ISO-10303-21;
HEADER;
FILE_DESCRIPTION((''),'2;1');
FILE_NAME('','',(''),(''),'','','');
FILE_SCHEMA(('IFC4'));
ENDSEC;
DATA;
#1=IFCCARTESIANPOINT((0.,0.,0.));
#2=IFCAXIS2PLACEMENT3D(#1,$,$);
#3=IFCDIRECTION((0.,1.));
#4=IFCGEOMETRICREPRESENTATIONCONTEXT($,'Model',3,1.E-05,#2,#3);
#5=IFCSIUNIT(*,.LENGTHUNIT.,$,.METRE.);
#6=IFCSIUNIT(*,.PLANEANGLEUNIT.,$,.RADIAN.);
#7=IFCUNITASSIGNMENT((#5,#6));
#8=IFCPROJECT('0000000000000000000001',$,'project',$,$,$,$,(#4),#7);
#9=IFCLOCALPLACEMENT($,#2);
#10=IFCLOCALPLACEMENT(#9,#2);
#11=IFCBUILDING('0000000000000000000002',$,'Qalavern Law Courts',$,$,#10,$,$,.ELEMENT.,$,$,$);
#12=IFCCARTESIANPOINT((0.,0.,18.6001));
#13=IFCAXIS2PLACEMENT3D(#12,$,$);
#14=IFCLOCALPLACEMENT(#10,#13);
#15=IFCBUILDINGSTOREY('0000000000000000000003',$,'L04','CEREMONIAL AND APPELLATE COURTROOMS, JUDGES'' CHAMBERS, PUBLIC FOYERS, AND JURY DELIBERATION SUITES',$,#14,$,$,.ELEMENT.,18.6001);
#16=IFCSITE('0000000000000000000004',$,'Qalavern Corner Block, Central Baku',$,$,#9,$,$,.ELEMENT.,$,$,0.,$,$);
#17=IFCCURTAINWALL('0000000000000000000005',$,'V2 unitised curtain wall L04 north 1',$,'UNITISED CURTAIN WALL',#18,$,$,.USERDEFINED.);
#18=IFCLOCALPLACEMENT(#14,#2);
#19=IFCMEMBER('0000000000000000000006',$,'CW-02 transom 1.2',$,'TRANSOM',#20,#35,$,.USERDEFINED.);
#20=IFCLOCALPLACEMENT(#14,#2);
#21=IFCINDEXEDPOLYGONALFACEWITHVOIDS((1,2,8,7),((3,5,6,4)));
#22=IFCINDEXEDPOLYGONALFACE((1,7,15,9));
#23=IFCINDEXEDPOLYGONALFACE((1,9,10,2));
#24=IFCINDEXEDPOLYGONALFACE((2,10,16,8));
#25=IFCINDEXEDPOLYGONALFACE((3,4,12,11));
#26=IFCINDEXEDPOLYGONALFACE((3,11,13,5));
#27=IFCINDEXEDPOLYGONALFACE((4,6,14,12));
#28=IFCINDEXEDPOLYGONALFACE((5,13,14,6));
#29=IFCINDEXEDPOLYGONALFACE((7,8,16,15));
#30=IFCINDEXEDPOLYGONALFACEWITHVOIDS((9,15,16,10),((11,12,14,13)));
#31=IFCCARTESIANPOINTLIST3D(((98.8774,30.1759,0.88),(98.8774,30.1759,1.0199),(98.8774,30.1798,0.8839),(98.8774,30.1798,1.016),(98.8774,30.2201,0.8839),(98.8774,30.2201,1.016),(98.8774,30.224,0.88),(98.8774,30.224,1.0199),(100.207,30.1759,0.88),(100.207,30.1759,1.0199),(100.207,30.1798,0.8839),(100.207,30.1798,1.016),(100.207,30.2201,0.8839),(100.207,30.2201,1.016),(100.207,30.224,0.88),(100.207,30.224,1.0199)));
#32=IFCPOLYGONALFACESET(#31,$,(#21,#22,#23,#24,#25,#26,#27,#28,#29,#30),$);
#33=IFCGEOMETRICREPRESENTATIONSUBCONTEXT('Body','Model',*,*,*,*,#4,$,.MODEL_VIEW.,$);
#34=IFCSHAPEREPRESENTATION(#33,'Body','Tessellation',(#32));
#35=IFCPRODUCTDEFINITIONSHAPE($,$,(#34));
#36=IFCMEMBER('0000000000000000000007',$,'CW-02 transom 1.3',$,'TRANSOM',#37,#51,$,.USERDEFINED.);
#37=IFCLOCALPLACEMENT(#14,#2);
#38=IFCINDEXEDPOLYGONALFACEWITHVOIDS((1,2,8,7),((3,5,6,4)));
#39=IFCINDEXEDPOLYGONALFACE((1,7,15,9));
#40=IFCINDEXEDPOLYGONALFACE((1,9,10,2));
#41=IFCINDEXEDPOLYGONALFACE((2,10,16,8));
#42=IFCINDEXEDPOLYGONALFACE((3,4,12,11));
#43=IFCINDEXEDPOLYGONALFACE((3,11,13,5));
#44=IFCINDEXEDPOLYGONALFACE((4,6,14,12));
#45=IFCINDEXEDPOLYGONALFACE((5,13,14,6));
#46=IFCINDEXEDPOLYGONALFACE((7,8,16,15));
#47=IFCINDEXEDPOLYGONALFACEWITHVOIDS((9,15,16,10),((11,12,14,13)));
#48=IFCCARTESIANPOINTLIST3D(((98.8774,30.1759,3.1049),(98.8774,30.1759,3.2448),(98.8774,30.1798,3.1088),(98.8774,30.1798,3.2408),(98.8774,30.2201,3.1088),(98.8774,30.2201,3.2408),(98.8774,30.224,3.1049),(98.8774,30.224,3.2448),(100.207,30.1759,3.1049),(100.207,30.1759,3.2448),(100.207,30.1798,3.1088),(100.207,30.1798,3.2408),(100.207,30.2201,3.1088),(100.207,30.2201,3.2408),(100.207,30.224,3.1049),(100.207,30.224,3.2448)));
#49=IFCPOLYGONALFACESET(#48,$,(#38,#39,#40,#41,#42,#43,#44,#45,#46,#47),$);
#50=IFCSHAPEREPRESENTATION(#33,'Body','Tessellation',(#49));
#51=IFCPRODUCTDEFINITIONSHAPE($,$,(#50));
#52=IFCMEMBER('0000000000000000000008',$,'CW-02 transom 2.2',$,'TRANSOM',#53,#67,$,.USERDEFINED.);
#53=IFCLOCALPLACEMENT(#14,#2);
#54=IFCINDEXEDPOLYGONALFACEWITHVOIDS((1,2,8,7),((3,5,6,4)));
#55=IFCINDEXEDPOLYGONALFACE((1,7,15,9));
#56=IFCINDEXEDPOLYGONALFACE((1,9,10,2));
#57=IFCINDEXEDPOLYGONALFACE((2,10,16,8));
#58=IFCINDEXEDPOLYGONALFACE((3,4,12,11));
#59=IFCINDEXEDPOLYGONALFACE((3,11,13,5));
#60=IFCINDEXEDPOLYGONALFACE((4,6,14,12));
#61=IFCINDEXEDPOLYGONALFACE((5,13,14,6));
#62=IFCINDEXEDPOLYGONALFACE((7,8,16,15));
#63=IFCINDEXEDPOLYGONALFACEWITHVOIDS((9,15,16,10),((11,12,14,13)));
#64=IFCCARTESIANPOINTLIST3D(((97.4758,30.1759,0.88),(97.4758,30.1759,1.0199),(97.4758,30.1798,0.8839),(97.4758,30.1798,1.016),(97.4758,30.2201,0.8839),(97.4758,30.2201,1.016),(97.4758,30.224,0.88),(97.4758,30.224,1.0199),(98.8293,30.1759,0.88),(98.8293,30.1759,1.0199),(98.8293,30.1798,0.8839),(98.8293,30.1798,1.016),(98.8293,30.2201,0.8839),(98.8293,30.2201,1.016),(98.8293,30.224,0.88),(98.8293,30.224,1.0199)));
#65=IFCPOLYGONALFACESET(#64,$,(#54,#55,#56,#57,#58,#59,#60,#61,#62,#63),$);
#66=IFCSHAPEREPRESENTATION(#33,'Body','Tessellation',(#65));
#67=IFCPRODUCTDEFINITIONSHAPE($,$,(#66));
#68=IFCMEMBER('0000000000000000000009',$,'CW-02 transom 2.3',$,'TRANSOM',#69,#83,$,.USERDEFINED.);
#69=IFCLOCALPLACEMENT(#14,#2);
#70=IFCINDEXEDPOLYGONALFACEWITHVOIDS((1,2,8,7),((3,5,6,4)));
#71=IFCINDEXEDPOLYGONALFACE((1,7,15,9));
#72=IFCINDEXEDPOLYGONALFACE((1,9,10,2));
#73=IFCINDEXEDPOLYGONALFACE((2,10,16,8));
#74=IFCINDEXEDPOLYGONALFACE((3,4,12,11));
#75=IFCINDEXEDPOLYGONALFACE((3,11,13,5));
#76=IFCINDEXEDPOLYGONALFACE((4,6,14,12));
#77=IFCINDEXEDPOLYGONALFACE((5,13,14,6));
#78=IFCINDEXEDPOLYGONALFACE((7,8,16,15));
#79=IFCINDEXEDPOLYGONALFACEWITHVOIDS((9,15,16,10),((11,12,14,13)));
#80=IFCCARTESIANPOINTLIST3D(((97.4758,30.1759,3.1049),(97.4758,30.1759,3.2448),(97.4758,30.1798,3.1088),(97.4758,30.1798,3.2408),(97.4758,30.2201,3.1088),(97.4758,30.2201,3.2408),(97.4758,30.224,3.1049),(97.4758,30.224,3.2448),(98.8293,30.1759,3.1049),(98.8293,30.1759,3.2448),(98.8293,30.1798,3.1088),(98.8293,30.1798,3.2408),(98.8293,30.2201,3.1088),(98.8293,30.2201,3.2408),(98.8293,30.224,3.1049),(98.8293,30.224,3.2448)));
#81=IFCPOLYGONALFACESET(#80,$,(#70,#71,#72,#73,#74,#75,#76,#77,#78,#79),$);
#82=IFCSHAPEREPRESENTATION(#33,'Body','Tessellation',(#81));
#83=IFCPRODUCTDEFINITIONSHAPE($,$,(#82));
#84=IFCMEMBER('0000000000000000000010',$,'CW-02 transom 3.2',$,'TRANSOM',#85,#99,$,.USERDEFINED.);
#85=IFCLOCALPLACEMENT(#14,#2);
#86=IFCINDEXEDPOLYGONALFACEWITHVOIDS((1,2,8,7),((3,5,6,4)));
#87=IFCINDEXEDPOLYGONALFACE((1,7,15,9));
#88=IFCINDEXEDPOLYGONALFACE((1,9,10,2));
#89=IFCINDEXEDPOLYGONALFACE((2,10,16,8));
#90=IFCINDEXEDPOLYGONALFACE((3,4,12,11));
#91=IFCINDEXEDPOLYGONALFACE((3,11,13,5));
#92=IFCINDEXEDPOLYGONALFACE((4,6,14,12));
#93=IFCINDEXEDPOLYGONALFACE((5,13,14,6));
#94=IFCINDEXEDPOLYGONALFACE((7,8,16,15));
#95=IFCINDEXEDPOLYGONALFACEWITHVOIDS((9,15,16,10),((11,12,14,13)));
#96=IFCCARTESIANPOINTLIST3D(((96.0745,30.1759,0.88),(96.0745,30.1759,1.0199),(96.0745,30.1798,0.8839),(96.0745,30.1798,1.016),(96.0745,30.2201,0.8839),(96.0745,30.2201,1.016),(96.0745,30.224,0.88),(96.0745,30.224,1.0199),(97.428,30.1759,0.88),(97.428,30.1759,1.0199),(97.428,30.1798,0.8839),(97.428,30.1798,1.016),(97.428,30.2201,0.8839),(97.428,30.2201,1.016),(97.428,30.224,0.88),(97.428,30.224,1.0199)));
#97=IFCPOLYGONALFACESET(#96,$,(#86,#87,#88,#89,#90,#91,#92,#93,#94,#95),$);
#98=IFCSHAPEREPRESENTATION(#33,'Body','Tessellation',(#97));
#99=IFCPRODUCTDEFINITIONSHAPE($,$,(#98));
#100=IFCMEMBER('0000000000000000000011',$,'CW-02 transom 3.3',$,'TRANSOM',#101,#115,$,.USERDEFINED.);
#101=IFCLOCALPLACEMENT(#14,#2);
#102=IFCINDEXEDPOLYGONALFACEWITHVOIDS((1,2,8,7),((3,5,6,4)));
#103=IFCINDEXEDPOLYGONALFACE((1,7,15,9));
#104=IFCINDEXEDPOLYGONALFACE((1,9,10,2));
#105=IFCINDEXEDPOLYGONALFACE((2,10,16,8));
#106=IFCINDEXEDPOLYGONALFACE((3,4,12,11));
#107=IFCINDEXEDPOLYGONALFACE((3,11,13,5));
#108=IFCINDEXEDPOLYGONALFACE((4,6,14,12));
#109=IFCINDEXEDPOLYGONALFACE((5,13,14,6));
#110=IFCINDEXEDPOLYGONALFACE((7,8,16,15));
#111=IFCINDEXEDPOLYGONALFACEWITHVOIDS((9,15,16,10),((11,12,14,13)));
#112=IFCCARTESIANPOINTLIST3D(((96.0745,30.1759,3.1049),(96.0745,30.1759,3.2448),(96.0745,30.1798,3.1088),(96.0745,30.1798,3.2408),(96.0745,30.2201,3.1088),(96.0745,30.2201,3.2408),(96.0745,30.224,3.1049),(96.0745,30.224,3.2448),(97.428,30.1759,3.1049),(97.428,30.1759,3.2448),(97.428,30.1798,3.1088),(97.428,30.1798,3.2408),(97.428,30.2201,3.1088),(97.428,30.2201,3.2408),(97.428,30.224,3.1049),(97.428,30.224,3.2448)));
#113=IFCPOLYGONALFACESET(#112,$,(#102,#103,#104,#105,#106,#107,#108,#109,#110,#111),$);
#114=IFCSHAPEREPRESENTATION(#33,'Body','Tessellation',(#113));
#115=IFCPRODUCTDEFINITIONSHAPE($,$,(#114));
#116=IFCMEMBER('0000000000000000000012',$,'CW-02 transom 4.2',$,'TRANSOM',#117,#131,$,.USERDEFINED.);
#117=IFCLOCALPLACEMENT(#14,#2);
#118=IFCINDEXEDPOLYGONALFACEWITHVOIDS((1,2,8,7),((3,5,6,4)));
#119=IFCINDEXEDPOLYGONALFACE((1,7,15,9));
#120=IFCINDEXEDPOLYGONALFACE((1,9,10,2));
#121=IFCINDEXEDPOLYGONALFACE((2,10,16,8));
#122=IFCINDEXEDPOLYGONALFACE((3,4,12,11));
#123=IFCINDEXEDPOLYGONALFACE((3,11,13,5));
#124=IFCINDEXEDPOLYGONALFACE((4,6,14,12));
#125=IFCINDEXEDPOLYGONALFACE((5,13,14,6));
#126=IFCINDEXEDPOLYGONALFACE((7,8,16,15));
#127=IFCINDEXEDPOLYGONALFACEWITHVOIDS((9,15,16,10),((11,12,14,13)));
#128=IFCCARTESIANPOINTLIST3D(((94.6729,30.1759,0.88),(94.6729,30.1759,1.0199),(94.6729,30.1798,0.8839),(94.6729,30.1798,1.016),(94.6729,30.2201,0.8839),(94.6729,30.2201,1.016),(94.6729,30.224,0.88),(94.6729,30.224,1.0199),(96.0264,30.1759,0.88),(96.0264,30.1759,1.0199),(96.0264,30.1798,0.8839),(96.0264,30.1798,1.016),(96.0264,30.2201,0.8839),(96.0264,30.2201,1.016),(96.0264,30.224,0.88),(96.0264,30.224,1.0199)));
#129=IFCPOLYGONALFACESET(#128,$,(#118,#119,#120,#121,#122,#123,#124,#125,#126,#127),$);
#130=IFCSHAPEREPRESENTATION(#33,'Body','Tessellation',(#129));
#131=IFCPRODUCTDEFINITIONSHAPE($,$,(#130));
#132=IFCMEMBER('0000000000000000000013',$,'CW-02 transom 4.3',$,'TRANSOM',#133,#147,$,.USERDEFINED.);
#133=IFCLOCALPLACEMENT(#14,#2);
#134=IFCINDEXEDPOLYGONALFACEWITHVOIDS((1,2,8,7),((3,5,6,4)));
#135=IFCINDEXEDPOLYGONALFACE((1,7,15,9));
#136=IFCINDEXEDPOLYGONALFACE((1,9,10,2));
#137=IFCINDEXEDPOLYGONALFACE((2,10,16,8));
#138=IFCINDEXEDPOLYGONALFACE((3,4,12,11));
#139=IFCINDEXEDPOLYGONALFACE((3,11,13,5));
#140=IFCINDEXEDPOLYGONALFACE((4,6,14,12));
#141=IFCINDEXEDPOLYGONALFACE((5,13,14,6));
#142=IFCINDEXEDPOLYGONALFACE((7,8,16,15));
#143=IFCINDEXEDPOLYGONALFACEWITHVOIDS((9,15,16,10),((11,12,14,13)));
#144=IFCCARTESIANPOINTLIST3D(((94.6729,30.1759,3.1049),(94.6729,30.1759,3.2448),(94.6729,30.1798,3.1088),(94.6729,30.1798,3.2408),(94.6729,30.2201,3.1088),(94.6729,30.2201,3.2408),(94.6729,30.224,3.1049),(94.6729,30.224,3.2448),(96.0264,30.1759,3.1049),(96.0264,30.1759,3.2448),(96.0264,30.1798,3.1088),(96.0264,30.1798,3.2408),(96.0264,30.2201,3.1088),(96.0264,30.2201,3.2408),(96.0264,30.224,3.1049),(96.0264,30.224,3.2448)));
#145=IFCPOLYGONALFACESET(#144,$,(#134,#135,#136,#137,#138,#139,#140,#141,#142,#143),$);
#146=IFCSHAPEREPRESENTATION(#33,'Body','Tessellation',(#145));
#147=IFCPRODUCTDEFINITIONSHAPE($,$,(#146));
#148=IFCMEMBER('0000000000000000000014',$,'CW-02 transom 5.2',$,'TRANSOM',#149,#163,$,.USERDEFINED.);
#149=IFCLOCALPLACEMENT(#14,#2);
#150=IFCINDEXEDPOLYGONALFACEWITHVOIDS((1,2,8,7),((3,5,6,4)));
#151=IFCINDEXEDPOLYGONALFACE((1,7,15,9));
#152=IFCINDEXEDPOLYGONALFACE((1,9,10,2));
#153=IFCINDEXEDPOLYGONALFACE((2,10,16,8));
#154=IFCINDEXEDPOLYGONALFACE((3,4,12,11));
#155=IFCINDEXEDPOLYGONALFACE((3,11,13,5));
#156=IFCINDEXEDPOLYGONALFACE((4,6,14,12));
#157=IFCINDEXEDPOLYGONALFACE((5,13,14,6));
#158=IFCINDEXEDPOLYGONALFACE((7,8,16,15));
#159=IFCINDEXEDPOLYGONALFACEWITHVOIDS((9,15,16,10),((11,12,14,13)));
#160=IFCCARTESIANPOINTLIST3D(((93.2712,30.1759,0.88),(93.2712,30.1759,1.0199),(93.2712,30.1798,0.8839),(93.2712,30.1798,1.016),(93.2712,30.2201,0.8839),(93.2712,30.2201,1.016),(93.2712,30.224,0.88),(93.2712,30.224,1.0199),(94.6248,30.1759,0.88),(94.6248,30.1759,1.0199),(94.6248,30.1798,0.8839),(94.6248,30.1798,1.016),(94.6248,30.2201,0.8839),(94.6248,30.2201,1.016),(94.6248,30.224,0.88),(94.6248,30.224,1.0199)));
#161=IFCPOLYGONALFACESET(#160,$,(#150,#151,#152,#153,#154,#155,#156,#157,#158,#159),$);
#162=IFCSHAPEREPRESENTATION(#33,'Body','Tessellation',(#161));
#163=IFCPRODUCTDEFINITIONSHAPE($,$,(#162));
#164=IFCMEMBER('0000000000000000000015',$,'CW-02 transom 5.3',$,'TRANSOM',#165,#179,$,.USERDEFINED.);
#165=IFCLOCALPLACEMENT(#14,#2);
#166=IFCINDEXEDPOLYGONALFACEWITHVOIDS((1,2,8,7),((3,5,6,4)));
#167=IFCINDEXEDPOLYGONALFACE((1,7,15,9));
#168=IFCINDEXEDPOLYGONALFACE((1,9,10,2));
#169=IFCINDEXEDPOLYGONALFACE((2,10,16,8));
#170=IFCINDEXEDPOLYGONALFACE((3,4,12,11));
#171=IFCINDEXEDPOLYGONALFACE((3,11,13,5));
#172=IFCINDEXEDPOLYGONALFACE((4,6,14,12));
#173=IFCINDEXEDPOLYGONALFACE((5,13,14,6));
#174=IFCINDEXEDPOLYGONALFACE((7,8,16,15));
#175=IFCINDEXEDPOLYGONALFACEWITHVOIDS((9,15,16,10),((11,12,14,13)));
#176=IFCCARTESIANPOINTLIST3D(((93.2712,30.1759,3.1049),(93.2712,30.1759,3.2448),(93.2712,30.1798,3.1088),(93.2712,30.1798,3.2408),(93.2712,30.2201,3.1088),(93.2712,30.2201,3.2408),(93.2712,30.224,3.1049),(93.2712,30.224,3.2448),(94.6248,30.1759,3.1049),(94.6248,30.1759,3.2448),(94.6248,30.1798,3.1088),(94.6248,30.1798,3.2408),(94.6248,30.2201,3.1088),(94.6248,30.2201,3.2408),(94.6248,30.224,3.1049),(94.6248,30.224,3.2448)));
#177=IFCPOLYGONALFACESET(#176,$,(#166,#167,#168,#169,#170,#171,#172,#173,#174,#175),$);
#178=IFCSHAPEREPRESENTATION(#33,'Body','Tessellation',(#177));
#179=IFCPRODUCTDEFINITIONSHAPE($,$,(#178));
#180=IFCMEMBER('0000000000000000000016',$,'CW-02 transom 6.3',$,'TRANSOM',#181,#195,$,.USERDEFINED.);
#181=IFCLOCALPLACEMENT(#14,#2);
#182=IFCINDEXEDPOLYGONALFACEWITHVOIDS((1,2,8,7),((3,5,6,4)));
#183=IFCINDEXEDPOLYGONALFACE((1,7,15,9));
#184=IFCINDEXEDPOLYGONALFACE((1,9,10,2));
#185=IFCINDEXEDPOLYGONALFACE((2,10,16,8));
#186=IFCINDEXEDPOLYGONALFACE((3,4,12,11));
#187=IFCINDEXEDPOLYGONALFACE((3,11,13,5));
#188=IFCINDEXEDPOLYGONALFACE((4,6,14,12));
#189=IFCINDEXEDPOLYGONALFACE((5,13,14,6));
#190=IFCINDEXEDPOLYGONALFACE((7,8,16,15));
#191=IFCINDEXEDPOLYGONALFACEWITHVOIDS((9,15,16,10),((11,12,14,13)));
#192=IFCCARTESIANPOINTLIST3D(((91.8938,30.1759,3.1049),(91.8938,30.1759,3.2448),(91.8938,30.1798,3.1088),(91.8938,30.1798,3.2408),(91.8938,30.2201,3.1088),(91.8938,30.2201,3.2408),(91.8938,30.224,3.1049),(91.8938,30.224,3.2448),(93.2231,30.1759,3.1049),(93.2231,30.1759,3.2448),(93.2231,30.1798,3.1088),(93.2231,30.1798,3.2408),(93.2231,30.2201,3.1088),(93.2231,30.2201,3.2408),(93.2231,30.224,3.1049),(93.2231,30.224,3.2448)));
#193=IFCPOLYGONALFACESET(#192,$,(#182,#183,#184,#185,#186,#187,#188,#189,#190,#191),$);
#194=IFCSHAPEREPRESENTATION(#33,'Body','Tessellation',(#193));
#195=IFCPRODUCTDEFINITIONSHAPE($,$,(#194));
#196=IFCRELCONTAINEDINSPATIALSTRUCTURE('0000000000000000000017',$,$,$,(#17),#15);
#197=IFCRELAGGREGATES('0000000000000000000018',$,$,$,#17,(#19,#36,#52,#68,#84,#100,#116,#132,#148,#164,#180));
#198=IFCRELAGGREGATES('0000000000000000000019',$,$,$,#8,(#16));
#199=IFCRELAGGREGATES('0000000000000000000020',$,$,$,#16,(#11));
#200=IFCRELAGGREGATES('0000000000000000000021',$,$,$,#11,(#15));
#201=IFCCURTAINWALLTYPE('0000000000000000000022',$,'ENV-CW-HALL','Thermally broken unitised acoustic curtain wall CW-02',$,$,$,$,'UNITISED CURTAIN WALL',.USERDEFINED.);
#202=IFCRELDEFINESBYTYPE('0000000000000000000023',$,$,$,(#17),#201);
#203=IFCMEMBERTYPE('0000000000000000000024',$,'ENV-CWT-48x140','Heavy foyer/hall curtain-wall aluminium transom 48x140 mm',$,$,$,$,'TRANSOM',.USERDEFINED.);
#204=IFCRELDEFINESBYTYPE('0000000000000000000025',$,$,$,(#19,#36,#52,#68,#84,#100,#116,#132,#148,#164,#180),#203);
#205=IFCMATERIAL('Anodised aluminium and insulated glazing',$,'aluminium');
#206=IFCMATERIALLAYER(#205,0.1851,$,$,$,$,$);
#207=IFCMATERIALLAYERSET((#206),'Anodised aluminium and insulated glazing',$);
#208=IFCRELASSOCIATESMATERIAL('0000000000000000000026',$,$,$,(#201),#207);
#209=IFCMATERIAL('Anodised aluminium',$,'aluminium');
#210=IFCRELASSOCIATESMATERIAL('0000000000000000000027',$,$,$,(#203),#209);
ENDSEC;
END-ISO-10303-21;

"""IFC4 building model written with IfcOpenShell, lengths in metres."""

from ifc_helpers import new_model, si_unit, direction, frame, origin, origin_2d, place, context, subcontext, project, spatial, hollow_rectangle, extrude, material, layer, layer_set, material_profile, profile_set, type_object, element, aggregate, save


model = new_model("IFC4")

# Units and contexts
model_context = context("Model", 3, precision=1e-05, world=origin(), true_north=direction((0.0, 1.0)))
body_context = subcontext(model_context, "Body", "Model", "MODEL_VIEW")
ifc_project = project(units=[si_unit("LENGTHUNIT", "METRE"), si_unit("PLANEANGLEUNIT", "RADIAN")], contexts=[model_context])

# Site, building, storey
site_placement = place(None, origin())
site = spatial("IfcSite", under=ifc_project, at=site_placement, Name="Qalavern Corner Block, Central Baku", CompositionType="ELEMENT", RefElevation=0.0)
building_placement = place(site_placement, origin())
building = spatial("IfcBuilding", under=site, at=building_placement, Name="Qalavern Law Courts", CompositionType="ELEMENT")
storey_placement = place(building_placement, frame((0.0, 0.0, 18.6001)))
storey = spatial("IfcBuildingStorey", under=building, at=storey_placement, Name="L04", Description="CEREMONIAL AND APPELLATE COURTROOMS, JUDGES' CHAMBERS, PUBLIC FOYERS, AND JURY DELIBERATION SUITES", CompositionType="ELEMENT", Elevation=18.6001)

# Curtain wall, members
ifc_material_1 = material(Name="Anodised aluminium and insulated glazing", Category="aluminium")
ifc_layer_1 = layer(ifc_material_1, 0.1851)
ifc_layer_set_1 = layer_set([ifc_layer_1], Name="Anodised aluminium and insulated glazing")
curtain_wall_type = type_object("IfcCurtainWallType", Name="ENV-CW-HALL", Description="Thermally broken unitised acoustic curtain wall CW-02", ElementType="UNITISED CURTAIN WALL", PredefinedType="USERDEFINED", material=ifc_layer_set_1)
curtain_wall_placement = place(storey_placement, origin())
curtain_wall = element("IfcCurtainWall", 1, at=curtain_wall_placement, inside=storey, type_object=curtain_wall_type, Name="V2 unitised curtain wall L04 north 1", ObjectType="UNITISED CURTAIN WALL", PredefinedType="USERDEFINED")
ifc_material_2 = material(Name="Anodised aluminium", Category="aluminium")
ifc_material_profile = material_profile(ifc_material_2, hollow_rectangle(XDim=0.0481, YDim=0.1399, WallThickness=0.0039, at=origin_2d()), Name="ALU TRANSOM 48x140")
ifc_profile_set = profile_set([ifc_material_profile], Name="Anodised aluminium")
member_type = type_object("IfcMemberType", Name="ENV-CWT-48x140", Description="Heavy foyer/hall curtain-wall aluminium transom 48x140 mm", ElementType="TRANSOM", PredefinedType="USERDEFINED", material=ifc_profile_set)
member_1_placement = place(storey_placement, frame((100.207, 30.2, 0.95), z_axis=(-1.0, 0.0, 0.0), x_axis=(0.0, -1.0, 0.0)))
member_1 = element("IfcMember", 2, at=member_1_placement, type_object=member_type, Name="CW-02 transom 1.2", ObjectType="TRANSOM", PredefinedType="USERDEFINED", context=body_context, shape_type="SweptSolid", body=[
    extrude(hollow_rectangle(XDim=0.0481, YDim=0.1399, WallThickness=0.0039, at=origin_2d()), origin(), (0.0, 0.0, 1.0), 1.3296),
])
member_2_placement = place(storey_placement, frame((100.207, 30.2, 3.1748), z_axis=(-1.0, 0.0, 0.0), x_axis=(0.0, -1.0, 0.0)))
member_2 = element("IfcMember", 3, at=member_2_placement, type_object=member_type, Name="CW-02 transom 1.3", ObjectType="TRANSOM", PredefinedType="USERDEFINED", context=body_context, shape_type="SweptSolid", body=[
    extrude(hollow_rectangle(XDim=0.0481, YDim=0.1399, WallThickness=0.0039, at=origin_2d()), origin(), (0.0, 0.0, 1.0), 1.3296),
])
member_3_placement = place(storey_placement, frame((98.8293, 30.2, 0.95), z_axis=(-1.0, 0.0, 0.0), x_axis=(0.0, -1.0, 0.0)))
member_3 = element("IfcMember", 4, at=member_3_placement, type_object=member_type, Name="CW-02 transom 2.2", ObjectType="TRANSOM", PredefinedType="USERDEFINED", context=body_context, shape_type="SweptSolid", body=[
    extrude(hollow_rectangle(XDim=0.0481, YDim=0.1399, WallThickness=0.0039, at=origin_2d()), origin(), (0.0, 0.0, 1.0), 1.3535),
])
member_4_placement = place(storey_placement, frame((98.8293, 30.2, 3.1748), z_axis=(-1.0, 0.0, 0.0), x_axis=(0.0, -1.0, 0.0)))
member_4 = element("IfcMember", 5, at=member_4_placement, type_object=member_type, Name="CW-02 transom 2.3", ObjectType="TRANSOM", PredefinedType="USERDEFINED", context=body_context, shape_type="SweptSolid", body=[
    extrude(hollow_rectangle(XDim=0.0481, YDim=0.1399, WallThickness=0.0039, at=origin_2d()), origin(), (0.0, 0.0, 1.0), 1.3535),
])
member_5_placement = place(storey_placement, frame((97.428, 30.2, 0.95), z_axis=(-1.0, 0.0, 0.0), x_axis=(0.0, -1.0, 0.0)))
member_5 = element("IfcMember", 6, at=member_5_placement, type_object=member_type, Name="CW-02 transom 3.2", ObjectType="TRANSOM", PredefinedType="USERDEFINED", context=body_context, shape_type="SweptSolid", body=[
    extrude(hollow_rectangle(XDim=0.0481, YDim=0.1399, WallThickness=0.0039, at=origin_2d()), origin(), (0.0, 0.0, 1.0), 1.3535),
])
member_6_placement = place(storey_placement, frame((97.428, 30.2, 3.1748), z_axis=(-1.0, 0.0, 0.0), x_axis=(0.0, -1.0, 0.0)))
member_6 = element("IfcMember", 7, at=member_6_placement, type_object=member_type, Name="CW-02 transom 3.3", ObjectType="TRANSOM", PredefinedType="USERDEFINED", context=body_context, shape_type="SweptSolid", body=[
    extrude(hollow_rectangle(XDim=0.0481, YDim=0.1399, WallThickness=0.0039, at=origin_2d()), origin(), (0.0, 0.0, 1.0), 1.3535),
])
member_7_placement = place(storey_placement, frame((96.0264, 30.2, 0.95), z_axis=(-1.0, 0.0, 0.0), x_axis=(0.0, -1.0, 0.0)))
member_7 = element("IfcMember", 8, at=member_7_placement, type_object=member_type, Name="CW-02 transom 4.2", ObjectType="TRANSOM", PredefinedType="USERDEFINED", context=body_context, shape_type="SweptSolid", body=[
    extrude(hollow_rectangle(XDim=0.0481, YDim=0.1399, WallThickness=0.0039, at=origin_2d()), origin(), (0.0, 0.0, 1.0), 1.3535),
])
member_8_placement = place(storey_placement, frame((96.0264, 30.2, 3.1748), z_axis=(-1.0, 0.0, 0.0), x_axis=(0.0, -1.0, 0.0)))
member_8 = element("IfcMember", 9, at=member_8_placement, type_object=member_type, Name="CW-02 transom 4.3", ObjectType="TRANSOM", PredefinedType="USERDEFINED", context=body_context, shape_type="SweptSolid", body=[
    extrude(hollow_rectangle(XDim=0.0481, YDim=0.1399, WallThickness=0.0039, at=origin_2d()), origin(), (0.0, 0.0, 1.0), 1.3535),
])
member_9_placement = place(storey_placement, frame((94.6248, 30.2, 0.95), z_axis=(-1.0, 0.0, 0.0), x_axis=(0.0, -1.0, 0.0)))
member_9 = element("IfcMember", 10, at=member_9_placement, type_object=member_type, Name="CW-02 transom 5.2", ObjectType="TRANSOM", PredefinedType="USERDEFINED", context=body_context, shape_type="SweptSolid", body=[
    extrude(hollow_rectangle(XDim=0.0481, YDim=0.1399, WallThickness=0.0039, at=origin_2d()), origin(), (0.0, 0.0, 1.0), 1.3535),
])
member_10_placement = place(storey_placement, frame((94.6248, 30.2, 3.1748), z_axis=(-1.0, 0.0, 0.0), x_axis=(0.0, -1.0, 0.0)))
member_10 = element("IfcMember", 11, at=member_10_placement, type_object=member_type, Name="CW-02 transom 5.3", ObjectType="TRANSOM", PredefinedType="USERDEFINED", context=body_context, shape_type="SweptSolid", body=[
    extrude(hollow_rectangle(XDim=0.0481, YDim=0.1399, WallThickness=0.0039, at=origin_2d()), origin(), (0.0, 0.0, 1.0), 1.3535),
])
member_11_placement = place(storey_placement, frame((93.2231, 30.2, 3.1748), z_axis=(-1.0, 0.0, 0.0), x_axis=(0.0, -1.0, 0.0)))
member_11 = element("IfcMember", 12, at=member_11_placement, type_object=member_type, Name="CW-02 transom 6.3", ObjectType="TRANSOM", PredefinedType="USERDEFINED", context=body_context, shape_type="SweptSolid", body=[
    extrude(hollow_rectangle(XDim=0.0481, YDim=0.1399, WallThickness=0.0039, at=origin_2d()), origin(), (0.0, 0.0, 1.0), 1.3293),
])
aggregate(curtain_wall, [member_1, member_2, member_3, member_4, member_5, member_6, member_7, member_8, member_9, member_10, member_11])

save(model, "model.ifc")
